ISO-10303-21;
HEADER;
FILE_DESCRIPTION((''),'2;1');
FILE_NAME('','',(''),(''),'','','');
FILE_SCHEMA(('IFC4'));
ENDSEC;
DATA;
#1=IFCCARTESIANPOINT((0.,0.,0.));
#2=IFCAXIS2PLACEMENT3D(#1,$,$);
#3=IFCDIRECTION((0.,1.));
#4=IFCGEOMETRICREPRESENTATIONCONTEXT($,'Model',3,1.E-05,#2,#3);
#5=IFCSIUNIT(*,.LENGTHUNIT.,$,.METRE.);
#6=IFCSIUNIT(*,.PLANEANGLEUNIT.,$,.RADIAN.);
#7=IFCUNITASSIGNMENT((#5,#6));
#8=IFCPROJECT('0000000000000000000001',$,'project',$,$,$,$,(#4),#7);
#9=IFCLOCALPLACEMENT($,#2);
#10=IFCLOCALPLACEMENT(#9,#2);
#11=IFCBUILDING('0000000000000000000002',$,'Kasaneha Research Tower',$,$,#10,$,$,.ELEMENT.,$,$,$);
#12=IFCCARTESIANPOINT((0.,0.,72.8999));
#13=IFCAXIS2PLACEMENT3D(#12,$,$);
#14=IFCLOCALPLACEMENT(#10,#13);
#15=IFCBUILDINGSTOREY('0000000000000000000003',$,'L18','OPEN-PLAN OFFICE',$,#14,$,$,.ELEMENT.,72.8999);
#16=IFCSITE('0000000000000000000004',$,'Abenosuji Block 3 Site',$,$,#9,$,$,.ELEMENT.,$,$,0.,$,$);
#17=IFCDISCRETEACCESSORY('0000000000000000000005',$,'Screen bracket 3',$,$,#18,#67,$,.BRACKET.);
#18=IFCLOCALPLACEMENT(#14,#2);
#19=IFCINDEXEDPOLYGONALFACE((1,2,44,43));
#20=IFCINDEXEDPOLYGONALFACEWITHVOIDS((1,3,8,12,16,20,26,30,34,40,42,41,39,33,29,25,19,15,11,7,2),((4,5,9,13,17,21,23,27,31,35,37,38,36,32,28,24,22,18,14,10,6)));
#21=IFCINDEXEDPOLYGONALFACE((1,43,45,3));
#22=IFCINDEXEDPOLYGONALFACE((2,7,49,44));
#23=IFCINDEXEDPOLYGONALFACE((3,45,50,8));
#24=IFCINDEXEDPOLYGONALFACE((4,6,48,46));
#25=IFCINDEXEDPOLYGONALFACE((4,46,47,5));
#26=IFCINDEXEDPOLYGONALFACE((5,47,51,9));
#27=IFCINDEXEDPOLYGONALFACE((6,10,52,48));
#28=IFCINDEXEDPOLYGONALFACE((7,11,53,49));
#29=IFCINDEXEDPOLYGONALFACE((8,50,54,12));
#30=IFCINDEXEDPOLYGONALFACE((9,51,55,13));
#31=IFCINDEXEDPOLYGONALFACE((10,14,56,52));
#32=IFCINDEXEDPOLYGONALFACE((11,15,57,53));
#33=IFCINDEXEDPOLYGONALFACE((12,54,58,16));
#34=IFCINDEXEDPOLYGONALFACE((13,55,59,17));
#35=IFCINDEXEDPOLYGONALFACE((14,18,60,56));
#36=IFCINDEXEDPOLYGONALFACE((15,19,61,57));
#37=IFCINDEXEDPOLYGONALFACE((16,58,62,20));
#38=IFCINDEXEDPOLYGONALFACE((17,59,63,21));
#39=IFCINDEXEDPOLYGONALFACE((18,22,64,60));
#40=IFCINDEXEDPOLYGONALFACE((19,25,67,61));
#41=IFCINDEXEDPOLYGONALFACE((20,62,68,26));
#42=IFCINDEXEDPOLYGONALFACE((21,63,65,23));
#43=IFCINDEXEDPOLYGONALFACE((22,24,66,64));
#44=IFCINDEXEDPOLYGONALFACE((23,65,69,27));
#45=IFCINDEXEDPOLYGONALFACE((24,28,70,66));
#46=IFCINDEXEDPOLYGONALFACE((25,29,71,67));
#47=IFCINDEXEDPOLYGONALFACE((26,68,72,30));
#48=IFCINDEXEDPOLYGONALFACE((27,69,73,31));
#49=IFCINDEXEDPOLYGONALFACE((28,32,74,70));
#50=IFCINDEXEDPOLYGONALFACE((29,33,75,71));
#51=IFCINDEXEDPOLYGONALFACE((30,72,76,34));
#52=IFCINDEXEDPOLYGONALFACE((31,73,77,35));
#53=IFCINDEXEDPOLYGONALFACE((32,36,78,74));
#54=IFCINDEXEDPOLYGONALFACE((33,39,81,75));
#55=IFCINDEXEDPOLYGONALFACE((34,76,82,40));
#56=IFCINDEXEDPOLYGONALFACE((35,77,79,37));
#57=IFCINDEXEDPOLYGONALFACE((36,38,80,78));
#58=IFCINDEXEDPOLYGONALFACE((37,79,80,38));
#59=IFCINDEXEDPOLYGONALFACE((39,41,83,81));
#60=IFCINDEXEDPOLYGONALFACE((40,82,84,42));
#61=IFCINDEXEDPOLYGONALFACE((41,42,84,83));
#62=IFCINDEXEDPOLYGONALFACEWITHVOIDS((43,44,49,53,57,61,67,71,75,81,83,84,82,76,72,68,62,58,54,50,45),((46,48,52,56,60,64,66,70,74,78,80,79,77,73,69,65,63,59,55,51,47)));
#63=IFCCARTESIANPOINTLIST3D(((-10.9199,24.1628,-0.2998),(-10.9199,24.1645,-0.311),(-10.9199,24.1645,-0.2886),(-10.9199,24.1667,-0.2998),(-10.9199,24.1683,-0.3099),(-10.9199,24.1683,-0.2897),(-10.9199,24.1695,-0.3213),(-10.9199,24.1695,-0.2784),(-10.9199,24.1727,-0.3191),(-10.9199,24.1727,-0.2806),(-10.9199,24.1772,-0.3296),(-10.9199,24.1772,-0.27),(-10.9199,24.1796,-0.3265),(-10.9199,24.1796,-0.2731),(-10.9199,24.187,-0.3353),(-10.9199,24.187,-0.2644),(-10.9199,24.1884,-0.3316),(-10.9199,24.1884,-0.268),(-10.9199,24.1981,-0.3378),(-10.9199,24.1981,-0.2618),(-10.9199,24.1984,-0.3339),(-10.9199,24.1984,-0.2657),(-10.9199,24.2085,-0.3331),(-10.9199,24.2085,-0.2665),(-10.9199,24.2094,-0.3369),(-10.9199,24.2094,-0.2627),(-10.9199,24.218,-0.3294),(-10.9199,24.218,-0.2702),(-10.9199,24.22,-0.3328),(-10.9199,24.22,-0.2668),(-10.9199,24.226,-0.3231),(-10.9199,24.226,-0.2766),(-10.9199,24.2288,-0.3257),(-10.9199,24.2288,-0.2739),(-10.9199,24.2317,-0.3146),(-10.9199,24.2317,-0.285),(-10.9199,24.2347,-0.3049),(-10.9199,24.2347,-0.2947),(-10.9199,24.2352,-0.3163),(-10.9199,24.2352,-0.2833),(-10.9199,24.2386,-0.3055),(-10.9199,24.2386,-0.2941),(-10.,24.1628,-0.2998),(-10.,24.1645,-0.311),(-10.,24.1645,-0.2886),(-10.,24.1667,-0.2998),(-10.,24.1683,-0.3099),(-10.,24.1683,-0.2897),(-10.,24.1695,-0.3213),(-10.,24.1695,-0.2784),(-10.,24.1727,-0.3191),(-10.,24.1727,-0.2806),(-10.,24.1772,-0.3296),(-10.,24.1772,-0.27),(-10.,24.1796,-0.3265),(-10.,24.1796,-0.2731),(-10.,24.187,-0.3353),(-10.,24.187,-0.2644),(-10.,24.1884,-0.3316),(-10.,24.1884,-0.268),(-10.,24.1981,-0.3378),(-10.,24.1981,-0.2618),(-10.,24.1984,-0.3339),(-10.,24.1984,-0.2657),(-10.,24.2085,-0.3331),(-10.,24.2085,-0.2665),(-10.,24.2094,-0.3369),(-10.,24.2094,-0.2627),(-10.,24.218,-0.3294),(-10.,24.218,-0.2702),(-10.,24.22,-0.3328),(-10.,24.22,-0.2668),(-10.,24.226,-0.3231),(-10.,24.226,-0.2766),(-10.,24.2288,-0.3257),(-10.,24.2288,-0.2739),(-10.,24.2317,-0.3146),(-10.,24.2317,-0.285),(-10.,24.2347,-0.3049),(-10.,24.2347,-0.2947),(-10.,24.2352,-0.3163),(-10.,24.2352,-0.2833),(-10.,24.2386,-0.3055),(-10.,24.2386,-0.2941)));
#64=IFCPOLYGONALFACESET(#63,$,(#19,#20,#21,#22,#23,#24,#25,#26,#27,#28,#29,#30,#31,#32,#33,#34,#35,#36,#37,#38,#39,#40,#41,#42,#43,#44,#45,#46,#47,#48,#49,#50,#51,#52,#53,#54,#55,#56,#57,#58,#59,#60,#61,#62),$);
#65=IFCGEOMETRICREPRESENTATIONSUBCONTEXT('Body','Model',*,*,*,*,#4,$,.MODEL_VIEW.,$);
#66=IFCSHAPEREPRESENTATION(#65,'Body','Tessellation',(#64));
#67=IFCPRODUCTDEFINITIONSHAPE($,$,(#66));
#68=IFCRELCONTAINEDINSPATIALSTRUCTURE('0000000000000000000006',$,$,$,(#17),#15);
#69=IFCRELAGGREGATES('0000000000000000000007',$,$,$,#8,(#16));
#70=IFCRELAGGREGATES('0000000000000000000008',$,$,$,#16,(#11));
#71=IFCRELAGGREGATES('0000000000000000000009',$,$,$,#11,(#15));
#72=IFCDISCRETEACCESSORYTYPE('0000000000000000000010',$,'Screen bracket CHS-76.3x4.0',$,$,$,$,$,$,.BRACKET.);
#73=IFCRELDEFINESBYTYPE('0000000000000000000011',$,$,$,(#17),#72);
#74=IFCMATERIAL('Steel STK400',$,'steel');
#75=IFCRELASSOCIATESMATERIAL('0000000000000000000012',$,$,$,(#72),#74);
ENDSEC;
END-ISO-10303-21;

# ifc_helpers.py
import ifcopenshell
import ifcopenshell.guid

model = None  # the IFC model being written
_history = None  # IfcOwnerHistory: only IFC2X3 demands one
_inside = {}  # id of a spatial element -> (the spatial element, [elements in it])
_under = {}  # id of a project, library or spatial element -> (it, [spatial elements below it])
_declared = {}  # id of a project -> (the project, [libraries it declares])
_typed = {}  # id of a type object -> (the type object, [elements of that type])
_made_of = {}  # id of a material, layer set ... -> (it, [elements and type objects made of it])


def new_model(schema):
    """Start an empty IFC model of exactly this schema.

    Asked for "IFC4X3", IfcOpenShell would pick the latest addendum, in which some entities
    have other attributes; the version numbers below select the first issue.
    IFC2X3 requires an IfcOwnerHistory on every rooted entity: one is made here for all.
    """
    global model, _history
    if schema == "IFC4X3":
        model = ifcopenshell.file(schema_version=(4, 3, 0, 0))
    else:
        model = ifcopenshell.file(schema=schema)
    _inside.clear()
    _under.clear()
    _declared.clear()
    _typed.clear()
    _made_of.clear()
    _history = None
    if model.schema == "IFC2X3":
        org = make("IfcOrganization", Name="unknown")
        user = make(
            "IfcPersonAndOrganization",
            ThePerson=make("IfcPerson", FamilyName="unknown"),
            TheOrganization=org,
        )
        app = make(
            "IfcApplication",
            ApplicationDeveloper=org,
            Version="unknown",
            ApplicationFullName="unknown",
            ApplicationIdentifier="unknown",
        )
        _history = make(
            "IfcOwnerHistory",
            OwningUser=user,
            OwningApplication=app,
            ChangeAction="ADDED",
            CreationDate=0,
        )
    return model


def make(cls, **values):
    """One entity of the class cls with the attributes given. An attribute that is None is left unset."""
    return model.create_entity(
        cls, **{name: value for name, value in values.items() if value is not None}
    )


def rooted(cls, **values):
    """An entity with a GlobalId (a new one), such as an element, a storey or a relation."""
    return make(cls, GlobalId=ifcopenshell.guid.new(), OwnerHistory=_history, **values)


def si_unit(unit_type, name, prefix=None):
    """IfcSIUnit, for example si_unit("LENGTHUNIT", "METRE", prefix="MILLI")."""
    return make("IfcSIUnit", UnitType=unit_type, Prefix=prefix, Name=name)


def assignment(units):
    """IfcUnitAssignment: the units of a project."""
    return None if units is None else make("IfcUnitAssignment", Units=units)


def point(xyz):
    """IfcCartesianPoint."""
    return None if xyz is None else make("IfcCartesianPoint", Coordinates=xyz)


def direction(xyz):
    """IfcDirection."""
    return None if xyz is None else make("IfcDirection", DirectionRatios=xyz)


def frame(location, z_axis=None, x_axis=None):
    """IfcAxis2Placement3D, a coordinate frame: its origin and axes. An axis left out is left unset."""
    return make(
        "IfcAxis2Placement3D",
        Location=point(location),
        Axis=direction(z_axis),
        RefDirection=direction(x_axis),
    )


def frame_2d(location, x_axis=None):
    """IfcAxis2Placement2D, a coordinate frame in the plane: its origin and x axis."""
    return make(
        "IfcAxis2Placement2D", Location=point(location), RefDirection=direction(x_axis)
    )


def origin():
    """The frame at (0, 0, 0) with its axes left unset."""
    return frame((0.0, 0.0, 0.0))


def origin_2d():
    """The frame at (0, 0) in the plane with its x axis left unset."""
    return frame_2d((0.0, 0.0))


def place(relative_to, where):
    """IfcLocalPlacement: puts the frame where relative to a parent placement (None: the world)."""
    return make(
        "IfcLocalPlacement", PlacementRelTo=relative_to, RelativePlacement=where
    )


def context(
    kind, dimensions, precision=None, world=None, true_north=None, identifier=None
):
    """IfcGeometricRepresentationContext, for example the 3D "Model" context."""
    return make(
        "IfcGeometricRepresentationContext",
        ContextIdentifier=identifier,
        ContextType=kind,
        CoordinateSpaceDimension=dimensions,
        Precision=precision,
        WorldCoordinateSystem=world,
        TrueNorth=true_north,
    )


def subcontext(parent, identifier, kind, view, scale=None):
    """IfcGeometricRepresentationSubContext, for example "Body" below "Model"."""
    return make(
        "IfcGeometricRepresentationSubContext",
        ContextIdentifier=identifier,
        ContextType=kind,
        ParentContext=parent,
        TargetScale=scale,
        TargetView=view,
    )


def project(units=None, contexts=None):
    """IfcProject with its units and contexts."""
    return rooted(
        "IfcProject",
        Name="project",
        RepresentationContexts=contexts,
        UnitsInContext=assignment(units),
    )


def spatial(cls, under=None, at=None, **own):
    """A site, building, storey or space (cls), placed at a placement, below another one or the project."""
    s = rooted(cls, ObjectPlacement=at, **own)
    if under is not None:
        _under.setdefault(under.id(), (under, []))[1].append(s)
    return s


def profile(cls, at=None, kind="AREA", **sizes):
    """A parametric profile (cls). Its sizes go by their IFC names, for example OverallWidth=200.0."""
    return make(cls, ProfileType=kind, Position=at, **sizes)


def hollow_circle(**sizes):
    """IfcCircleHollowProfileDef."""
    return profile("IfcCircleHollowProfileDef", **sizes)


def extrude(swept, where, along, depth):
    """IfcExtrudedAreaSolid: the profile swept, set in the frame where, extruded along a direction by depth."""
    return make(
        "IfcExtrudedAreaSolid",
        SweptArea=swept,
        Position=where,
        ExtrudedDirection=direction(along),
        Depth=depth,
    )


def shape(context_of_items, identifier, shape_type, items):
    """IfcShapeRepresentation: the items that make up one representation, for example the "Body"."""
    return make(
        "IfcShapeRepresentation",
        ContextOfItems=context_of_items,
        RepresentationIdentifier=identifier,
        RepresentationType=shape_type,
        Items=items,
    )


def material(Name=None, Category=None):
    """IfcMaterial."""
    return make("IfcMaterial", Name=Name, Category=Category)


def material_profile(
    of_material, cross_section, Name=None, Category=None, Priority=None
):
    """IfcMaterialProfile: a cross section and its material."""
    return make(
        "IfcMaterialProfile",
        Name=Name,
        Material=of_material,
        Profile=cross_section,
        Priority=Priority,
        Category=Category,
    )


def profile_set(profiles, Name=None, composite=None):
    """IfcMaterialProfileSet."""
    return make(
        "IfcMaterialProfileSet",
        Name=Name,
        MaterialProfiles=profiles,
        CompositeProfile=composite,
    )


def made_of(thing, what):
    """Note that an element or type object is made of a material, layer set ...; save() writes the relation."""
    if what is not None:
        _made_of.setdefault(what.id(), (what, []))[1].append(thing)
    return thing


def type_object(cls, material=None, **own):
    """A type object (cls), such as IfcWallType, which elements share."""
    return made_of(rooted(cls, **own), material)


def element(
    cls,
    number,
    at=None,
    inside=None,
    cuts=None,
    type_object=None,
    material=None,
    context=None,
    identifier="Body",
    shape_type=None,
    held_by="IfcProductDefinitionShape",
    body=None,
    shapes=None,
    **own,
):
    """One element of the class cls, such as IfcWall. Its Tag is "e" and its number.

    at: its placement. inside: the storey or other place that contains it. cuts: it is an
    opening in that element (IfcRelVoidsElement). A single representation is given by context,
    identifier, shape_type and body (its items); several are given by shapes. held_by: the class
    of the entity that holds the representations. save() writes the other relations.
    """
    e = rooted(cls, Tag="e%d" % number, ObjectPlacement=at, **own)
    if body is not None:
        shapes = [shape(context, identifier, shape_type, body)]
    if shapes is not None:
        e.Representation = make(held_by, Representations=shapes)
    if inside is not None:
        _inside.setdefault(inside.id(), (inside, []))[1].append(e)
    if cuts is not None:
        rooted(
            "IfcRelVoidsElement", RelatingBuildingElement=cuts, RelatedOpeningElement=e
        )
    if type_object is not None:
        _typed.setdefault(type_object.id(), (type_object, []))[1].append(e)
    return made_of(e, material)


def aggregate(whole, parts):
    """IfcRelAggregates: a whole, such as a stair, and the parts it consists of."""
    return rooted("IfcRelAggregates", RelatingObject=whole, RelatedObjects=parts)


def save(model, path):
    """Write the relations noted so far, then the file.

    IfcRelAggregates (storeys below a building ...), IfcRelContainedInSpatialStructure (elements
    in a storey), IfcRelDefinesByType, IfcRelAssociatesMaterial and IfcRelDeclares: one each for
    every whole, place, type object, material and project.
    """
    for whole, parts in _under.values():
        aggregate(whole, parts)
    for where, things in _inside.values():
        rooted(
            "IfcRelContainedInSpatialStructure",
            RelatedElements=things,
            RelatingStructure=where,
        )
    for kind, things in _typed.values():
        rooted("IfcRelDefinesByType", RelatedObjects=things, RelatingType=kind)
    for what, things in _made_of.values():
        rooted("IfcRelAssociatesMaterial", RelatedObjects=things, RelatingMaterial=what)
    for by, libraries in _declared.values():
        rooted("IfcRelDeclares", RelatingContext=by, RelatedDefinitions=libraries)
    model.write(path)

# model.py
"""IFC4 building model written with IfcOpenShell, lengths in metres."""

from ifc_helpers import new_model, si_unit, direction, frame, origin, origin_2d, place, context, subcontext, project, spatial, hollow_circle, extrude, material, material_profile, profile_set, type_object, element, save


model = new_model("IFC4")

# Units and contexts
model_context = context("Model", 3, precision=1e-05, world=origin(), true_north=direction((0.0, 1.0)))
body_context = subcontext(model_context, "Body", "Model", "MODEL_VIEW")
ifc_project = project(units=[si_unit("LENGTHUNIT", "METRE"), si_unit("PLANEANGLEUNIT", "RADIAN")], contexts=[model_context])

# Site, building, storey
site_placement = place(None, origin())
site = spatial("IfcSite", under=ifc_project, at=site_placement, Name="Abenosuji Block 3 Site", CompositionType="ELEMENT", RefElevation=0.0)
building_placement = place(site_placement, origin())
building = spatial("IfcBuilding", under=site, at=building_placement, Name="Kasaneha Research Tower", CompositionType="ELEMENT")
storey_placement = place(building_placement, frame((0.0, 0.0, 72.8999)))
storey = spatial("IfcBuildingStorey", under=building, at=storey_placement, Name="L18", Description="OPEN-PLAN OFFICE", CompositionType="ELEMENT", Elevation=72.8999)

# Discrete accessory
ifc_material_1 = material(Name="Steel STK400", Category="steel")
ifc_material_profile_1 = material_profile(ifc_material_1, hollow_circle(Radius=0.0381, WallThickness=0.0039, at=origin_2d()), Name="CHS-76.3x4.0")
ifc_profile_set_1 = profile_set([ifc_material_profile_1], Name="Steel STK400")
discrete_accessory_type = type_object("IfcDiscreteAccessoryType", Name="Screen bracket CHS-76.3x4.0", PredefinedType="BRACKET", material=ifc_profile_set_1)
for number, where, z_axis, x_axis, name in (
    (1, (-10.0, 24.2009, -0.2998), (-1.0, 0.0, 0.0), (0.0, -1.0, 0.0), "Screen bracket 3"),
):
    element("IfcDiscreteAccessory", number, at=place(storey_placement, frame(where, z_axis=z_axis, x_axis=x_axis)), inside=storey, type_object=discrete_accessory_type, Name=name, PredefinedType="BRACKET", context=body_context, shape_type="SweptSolid", body=[
        extrude(hollow_circle(Radius=0.0381, WallThickness=0.0039, at=origin_2d()), origin(), (0.0, 0.0, 1.0), 0.9199),
    ])

save(model, "model.ifc")
